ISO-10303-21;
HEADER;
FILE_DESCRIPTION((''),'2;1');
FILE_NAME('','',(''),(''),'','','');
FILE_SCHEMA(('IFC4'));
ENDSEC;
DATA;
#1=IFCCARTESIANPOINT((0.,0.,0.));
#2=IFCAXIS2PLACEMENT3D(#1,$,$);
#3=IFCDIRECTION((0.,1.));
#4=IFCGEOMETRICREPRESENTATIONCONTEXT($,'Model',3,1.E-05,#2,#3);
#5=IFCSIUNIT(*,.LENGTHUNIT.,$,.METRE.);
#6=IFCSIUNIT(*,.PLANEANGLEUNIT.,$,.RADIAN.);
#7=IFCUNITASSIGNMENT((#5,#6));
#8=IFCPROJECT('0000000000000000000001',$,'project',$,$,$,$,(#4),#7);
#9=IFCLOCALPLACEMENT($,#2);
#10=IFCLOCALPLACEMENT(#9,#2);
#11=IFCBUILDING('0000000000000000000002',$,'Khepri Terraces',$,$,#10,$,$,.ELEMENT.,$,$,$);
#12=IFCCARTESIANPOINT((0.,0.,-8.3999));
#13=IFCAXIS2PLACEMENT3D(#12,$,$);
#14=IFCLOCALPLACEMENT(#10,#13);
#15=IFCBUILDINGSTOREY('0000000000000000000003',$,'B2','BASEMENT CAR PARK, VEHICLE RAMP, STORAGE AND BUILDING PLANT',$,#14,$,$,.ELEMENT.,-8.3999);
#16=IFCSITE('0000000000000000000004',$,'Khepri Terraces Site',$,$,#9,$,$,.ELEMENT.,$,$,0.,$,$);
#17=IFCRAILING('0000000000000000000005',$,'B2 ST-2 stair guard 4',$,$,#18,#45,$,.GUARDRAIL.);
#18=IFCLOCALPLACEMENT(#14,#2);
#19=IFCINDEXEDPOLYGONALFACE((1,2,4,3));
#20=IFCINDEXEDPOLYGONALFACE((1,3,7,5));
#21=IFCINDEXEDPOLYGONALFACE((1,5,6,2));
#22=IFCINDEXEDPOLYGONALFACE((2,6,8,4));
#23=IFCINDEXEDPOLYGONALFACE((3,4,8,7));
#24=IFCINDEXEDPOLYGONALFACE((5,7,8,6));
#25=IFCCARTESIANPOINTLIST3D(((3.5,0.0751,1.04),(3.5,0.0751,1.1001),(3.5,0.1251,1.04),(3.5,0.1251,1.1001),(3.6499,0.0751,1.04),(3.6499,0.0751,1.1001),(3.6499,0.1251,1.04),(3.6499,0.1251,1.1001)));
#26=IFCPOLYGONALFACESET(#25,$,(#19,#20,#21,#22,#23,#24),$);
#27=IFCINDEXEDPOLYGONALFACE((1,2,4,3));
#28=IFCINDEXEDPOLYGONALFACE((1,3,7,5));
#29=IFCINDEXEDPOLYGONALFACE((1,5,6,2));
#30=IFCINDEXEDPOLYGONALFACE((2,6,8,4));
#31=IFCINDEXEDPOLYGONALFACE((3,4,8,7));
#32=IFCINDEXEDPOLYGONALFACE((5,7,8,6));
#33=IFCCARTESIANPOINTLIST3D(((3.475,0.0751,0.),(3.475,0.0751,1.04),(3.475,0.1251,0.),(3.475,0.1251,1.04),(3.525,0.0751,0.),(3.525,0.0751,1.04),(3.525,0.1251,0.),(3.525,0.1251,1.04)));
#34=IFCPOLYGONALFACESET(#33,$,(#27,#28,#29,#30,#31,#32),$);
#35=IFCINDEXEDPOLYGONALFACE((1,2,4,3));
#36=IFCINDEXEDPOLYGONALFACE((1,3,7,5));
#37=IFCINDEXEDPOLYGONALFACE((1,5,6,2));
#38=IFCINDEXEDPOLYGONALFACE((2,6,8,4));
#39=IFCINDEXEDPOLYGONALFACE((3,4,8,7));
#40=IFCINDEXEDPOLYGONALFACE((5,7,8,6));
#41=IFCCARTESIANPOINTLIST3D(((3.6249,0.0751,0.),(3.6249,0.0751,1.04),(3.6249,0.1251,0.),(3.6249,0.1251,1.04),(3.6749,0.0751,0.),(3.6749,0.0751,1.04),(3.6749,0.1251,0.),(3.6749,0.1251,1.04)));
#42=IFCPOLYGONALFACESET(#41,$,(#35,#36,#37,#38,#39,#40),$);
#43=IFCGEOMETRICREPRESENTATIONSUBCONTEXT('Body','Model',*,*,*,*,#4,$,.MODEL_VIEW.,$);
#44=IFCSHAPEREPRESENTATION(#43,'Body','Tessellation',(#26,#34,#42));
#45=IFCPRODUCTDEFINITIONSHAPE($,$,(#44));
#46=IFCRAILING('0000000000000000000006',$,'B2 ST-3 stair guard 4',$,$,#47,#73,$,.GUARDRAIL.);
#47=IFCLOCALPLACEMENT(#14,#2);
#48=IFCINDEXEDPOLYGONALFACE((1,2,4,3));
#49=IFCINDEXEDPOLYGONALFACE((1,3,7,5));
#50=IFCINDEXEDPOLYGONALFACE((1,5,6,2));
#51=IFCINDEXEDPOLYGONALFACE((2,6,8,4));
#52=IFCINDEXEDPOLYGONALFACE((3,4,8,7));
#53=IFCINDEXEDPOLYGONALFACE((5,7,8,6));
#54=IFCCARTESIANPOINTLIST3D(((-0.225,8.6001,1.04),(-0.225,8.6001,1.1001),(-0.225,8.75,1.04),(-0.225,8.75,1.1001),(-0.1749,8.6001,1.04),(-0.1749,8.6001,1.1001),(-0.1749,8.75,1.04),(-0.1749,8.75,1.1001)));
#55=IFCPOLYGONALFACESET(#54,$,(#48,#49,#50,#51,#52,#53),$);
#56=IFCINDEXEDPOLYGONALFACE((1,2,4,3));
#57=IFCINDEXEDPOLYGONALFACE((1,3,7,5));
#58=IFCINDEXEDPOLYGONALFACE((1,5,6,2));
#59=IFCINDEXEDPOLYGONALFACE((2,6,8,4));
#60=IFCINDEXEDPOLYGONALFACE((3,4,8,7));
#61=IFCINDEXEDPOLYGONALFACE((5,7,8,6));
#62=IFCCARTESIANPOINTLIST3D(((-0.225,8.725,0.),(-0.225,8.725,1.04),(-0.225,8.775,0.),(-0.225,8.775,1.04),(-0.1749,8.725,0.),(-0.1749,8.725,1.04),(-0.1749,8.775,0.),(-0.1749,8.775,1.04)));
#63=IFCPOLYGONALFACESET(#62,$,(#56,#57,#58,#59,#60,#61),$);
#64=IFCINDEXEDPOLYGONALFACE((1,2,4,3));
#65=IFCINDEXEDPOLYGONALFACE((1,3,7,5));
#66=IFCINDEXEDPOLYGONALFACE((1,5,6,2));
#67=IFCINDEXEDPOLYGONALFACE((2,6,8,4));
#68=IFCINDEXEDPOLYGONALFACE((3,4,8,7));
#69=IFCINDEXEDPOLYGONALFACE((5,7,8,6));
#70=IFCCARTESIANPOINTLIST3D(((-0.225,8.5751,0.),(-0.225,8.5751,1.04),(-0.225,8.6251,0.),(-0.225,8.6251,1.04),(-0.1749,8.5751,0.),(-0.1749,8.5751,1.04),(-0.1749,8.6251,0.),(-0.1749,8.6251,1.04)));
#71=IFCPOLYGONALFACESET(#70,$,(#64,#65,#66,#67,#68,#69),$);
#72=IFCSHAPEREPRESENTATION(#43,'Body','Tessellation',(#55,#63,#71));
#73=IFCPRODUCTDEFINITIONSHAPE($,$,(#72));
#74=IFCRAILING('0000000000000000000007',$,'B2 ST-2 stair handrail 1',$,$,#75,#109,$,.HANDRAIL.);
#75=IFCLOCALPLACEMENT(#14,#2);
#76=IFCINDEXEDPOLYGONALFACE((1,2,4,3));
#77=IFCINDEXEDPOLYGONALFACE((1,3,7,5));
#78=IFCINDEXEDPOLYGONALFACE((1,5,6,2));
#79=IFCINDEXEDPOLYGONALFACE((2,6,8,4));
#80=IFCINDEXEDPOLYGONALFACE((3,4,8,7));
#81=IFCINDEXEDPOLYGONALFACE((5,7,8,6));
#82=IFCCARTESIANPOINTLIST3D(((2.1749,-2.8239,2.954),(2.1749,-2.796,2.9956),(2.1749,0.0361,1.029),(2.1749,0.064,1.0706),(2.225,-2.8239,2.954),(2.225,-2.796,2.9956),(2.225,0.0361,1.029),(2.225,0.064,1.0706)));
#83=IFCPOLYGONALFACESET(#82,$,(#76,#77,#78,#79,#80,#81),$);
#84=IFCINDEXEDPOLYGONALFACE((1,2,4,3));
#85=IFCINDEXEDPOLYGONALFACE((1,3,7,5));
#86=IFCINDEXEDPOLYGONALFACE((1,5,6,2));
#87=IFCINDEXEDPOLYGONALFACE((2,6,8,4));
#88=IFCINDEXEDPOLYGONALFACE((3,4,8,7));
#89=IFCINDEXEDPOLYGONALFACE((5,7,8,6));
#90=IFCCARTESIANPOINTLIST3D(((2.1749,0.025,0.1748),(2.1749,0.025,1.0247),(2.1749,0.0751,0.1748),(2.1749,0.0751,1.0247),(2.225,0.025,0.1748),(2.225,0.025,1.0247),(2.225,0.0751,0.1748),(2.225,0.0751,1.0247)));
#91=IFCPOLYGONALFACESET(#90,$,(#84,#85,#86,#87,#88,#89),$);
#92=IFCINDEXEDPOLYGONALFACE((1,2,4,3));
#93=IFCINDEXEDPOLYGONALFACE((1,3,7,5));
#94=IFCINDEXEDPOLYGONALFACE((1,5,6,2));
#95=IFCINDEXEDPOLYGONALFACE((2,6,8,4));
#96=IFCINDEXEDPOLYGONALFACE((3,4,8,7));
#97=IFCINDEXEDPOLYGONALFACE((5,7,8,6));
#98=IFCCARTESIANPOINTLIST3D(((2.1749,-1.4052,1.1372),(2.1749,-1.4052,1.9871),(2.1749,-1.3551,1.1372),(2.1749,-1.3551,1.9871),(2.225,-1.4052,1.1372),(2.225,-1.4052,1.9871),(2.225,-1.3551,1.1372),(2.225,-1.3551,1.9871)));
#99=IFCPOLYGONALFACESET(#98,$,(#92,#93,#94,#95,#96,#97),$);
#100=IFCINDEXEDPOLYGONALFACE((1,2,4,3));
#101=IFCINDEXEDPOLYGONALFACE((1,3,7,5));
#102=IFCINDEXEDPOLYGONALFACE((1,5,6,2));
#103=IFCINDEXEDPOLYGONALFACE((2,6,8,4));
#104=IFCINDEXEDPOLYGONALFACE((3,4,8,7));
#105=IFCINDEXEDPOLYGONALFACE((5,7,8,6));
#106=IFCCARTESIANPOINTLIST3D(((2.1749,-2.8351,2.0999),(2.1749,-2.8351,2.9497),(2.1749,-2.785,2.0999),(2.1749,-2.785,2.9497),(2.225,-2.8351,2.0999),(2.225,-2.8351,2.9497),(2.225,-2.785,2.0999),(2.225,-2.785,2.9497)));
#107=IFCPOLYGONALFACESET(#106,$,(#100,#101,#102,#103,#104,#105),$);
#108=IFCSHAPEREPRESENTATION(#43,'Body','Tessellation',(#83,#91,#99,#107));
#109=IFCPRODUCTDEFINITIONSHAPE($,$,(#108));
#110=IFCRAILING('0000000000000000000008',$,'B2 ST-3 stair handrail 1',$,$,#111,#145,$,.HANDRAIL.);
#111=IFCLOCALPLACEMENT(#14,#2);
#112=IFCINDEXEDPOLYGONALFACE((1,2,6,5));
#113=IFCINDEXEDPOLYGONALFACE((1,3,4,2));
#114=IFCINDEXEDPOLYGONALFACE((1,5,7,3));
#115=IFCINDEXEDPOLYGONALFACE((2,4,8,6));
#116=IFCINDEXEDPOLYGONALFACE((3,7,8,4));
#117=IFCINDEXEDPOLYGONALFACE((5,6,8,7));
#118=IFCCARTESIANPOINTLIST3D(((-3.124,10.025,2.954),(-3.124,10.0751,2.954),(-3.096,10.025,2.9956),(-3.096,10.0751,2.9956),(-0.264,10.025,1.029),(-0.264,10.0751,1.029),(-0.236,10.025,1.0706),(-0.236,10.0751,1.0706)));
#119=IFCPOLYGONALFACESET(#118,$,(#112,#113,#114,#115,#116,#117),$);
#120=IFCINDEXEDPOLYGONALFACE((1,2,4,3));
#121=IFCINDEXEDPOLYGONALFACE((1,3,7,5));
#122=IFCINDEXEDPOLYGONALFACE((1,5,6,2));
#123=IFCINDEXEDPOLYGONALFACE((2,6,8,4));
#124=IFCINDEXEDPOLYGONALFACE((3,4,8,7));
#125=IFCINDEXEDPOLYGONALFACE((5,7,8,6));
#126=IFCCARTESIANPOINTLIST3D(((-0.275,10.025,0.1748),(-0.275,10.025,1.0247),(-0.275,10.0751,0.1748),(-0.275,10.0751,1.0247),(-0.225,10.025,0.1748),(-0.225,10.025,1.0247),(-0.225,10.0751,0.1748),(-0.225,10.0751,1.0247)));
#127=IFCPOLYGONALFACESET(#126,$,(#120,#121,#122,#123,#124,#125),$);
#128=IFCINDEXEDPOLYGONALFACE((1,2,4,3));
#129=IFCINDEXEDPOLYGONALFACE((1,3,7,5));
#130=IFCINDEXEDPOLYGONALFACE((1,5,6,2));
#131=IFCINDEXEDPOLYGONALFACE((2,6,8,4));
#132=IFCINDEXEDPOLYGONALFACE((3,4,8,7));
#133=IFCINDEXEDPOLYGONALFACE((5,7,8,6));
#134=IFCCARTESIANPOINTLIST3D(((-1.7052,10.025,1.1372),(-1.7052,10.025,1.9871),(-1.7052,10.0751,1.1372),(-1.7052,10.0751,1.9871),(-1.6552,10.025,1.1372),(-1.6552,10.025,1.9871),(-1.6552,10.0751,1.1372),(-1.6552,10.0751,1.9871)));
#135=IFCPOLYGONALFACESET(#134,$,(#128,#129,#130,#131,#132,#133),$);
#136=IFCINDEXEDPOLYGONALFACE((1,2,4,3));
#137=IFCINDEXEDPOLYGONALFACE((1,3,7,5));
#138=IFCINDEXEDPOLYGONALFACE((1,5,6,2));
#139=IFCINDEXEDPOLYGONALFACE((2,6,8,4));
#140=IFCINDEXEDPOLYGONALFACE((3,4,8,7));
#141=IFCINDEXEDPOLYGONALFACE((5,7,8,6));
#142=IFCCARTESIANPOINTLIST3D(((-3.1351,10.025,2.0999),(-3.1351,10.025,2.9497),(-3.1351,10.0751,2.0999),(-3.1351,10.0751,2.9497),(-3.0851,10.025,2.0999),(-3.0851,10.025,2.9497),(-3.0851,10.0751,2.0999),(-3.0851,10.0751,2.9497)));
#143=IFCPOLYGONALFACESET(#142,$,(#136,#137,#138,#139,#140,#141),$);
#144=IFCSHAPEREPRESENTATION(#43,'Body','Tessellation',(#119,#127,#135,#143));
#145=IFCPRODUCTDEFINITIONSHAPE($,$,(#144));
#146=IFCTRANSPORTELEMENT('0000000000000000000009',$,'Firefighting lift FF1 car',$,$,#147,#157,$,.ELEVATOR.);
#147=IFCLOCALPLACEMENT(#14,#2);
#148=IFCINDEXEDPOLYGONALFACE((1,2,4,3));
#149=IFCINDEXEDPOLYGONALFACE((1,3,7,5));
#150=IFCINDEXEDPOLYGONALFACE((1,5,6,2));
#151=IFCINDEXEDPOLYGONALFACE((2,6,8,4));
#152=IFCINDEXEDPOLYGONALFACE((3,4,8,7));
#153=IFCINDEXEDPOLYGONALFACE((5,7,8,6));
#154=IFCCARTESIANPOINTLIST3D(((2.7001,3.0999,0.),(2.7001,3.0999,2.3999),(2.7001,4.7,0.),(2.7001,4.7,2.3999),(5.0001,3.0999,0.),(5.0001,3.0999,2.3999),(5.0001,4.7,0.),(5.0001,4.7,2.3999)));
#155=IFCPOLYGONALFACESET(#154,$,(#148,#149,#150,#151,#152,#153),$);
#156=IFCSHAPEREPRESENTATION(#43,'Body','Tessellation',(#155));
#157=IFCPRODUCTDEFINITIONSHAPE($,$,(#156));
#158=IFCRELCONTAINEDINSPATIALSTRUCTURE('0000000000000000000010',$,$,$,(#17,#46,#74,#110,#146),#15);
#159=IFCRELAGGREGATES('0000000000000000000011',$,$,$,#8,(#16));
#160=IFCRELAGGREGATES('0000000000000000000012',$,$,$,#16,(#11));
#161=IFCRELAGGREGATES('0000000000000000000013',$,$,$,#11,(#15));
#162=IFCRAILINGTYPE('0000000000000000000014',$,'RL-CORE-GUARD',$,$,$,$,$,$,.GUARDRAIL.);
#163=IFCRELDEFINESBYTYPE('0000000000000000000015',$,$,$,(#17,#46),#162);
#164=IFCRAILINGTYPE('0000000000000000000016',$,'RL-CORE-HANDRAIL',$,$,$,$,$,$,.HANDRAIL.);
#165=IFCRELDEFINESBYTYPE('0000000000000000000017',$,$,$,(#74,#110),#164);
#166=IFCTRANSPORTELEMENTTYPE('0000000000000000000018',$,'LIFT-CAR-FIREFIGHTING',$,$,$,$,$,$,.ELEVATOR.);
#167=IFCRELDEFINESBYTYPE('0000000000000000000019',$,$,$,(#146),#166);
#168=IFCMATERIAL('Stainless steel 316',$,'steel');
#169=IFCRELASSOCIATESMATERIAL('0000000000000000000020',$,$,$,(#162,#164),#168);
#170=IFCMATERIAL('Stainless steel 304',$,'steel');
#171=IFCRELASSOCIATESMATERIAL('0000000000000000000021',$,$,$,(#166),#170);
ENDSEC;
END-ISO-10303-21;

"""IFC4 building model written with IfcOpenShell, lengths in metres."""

from ifc_helpers import new_model, si_unit, direction, frame, origin, origin_2d, place, context, subcontext, project, spatial, rectangle, extrude, material, type_object, element, save


model = new_model("IFC4")

# Units and contexts
model_context = context("Model", 3, precision=1e-05, world=origin(), true_north=direction((0.0, 1.0)))
body_context = subcontext(model_context, "Body", "Model", "MODEL_VIEW")
ifc_project = project(units=[si_unit("LENGTHUNIT", "METRE"), si_unit("PLANEANGLEUNIT", "RADIAN")], contexts=[model_context])

# Site, building, storey
site_placement = place(None, origin())
site = spatial("IfcSite", under=ifc_project, at=site_placement, Name="Khepri Terraces Site", CompositionType="ELEMENT", RefElevation=0.0)
building_placement = place(site_placement, origin())
building = spatial("IfcBuilding", under=site, at=building_placement, Name="Khepri Terraces", CompositionType="ELEMENT")
storey_placement = place(building_placement, frame((0.0, 0.0, -8.3999)))
storey = spatial("IfcBuildingStorey", under=building, at=storey_placement, Name="B2", Description="BASEMENT CAR PARK, VEHICLE RAMP, STORAGE AND BUILDING PLANT", CompositionType="ELEMENT", Elevation=-8.3999)

# Shared definitions
ifc_material_1 = material(Name="Stainless steel 304", Category="steel")

# Railings
ifc_material_2 = material(Name="Stainless steel 316", Category="steel")
railing_type_1 = type_object("IfcRailingType", Name="RL-CORE-GUARD", PredefinedType="GUARDRAIL", material=ifc_material_2)
railing_1_placement = place(storey_placement, frame((3.5, 0.1001, 0.0)))
element("IfcRailing", 1, at=railing_1_placement, inside=storey, type_object=railing_type_1, Name="B2 ST-2 stair guard 4", PredefinedType="GUARDRAIL", context=body_context, shape_type="SweptSolid", body=[
    extrude(rectangle(XDim=0.05, YDim=0.0601, at=origin_2d()), frame((0.0, 0.0, 1.0701), z_axis=(1.0, 0.0, 0.0), x_axis=(0.0, 1.0, 0.0)), (0.0, 0.0, 1.0), 0.1499),
    extrude(rectangle(XDim=0.05, YDim=0.05, at=origin_2d()), origin(), (0.0, 0.0, 1.0), 1.04),
    extrude(rectangle(XDim=0.05, YDim=0.05, at=origin_2d()), frame((0.1499, 0.0, 0.0)), (0.0, 0.0, 1.0), 1.04),
])
railing_2_placement = place(storey_placement, frame((-0.2, 8.75, 0.0)))
element("IfcRailing", 2, at=railing_2_placement, inside=storey, type_object=railing_type_1, Name="B2 ST-3 stair guard 4", PredefinedType="GUARDRAIL", context=body_context, shape_type="SweptSolid", body=[
    extrude(rectangle(XDim=0.05, YDim=0.0601, at=origin_2d()), frame((0.0, 0.0, 1.0701), z_axis=(0.0, -1.0, 0.0), x_axis=(1.0, 0.0, 0.0)), (0.0, 0.0, 1.0), 0.1499),
    extrude(rectangle(XDim=0.05, YDim=0.05, at=origin_2d()), origin(), (0.0, 0.0, 1.0), 1.04),
    extrude(rectangle(XDim=0.05, YDim=0.05, at=origin_2d()), frame((0.0, -0.1499, 0.0)), (0.0, 0.0, 1.0), 1.04),
])
railing_type_2 = type_object("IfcRailingType", Name="RL-CORE-HANDRAIL", PredefinedType="HANDRAIL", material=ifc_material_2)
railing_3_placement = place(storey_placement, frame((2.2, 0.05, 0.1748)))
element("IfcRailing", 3, at=railing_3_placement, inside=storey, type_object=railing_type_2, Name="B2 ST-2 stair handrail 1", PredefinedType="HANDRAIL", context=body_context, shape_type="SweptSolid", body=[
    extrude(rectangle(XDim=0.05, YDim=0.05, at=origin_2d()), frame((0.0, 0.0, 0.875), z_axis=(0.0, -0.829591, 0.558372), x_axis=(1.0, 0.0, 0.0)), (0.0, 0.0, 1.0), 3.4475),
    extrude(rectangle(XDim=0.05, YDim=0.05, at=origin_2d()), origin(), (0.0, 0.0, 1.0), 0.8499),
    extrude(rectangle(XDim=0.05, YDim=0.05, at=origin_2d()), frame((0.0, -1.4302, 0.9624)), (0.0, 0.0, 1.0), 0.8499),
    extrude(rectangle(XDim=0.05, YDim=0.05, at=origin_2d()), frame((0.0, -2.8601, 1.925)), (0.0, 0.0, 1.0), 0.8499),
])
railing_4_placement = place(storey_placement, frame((-0.25, 10.05, 0.1748)))
element("IfcRailing", 4, at=railing_4_placement, inside=storey, type_object=railing_type_2, Name="B2 ST-3 stair handrail 1", PredefinedType="HANDRAIL", context=body_context, shape_type="SweptSolid", body=[
    extrude(rectangle(XDim=0.05, YDim=0.05, at=origin_2d()), frame((0.0, 0.0, 0.875), z_axis=(-0.829591, 0.0, 0.558372), x_axis=(0.0, -1.0, 0.0)), (0.0, 0.0, 1.0), 3.4475),
    extrude(rectangle(XDim=0.05, YDim=0.05, at=origin_2d()), origin(), (0.0, 0.0, 1.0), 0.8499),
    extrude(rectangle(XDim=0.05, YDim=0.05, at=origin_2d()), frame((-1.4302, 0.0, 0.9624)), (0.0, 0.0, 1.0), 0.8499),
    extrude(rectangle(XDim=0.05, YDim=0.05, at=origin_2d()), frame((-2.8601, 0.0, 1.925)), (0.0, 0.0, 1.0), 0.8499),
])

# Transport element
transport_element_type = type_object("IfcTransportElementType", Name="LIFT-CAR-FIREFIGHTING", PredefinedType="ELEVATOR", material=ifc_material_1)
transport_element_placement = place(storey_placement, frame((3.8501, 3.8999, 0.0), z_axis=(0.0, 0.0, 1.0), x_axis=(1.0, 0.0, 0.0)))
element("IfcTransportElement", 5, at=transport_element_placement, inside=storey, type_object=transport_element_type, Name="Firefighting lift FF1 car", PredefinedType="ELEVATOR", context=body_context, shape_type="SweptSolid", body=[
    extrude(rectangle(XDim=2.3, YDim=1.6001, at=origin_2d()), origin(), (0.0, 0.0, 1.0), 2.3999),
])

save(model, "model.ifc")
